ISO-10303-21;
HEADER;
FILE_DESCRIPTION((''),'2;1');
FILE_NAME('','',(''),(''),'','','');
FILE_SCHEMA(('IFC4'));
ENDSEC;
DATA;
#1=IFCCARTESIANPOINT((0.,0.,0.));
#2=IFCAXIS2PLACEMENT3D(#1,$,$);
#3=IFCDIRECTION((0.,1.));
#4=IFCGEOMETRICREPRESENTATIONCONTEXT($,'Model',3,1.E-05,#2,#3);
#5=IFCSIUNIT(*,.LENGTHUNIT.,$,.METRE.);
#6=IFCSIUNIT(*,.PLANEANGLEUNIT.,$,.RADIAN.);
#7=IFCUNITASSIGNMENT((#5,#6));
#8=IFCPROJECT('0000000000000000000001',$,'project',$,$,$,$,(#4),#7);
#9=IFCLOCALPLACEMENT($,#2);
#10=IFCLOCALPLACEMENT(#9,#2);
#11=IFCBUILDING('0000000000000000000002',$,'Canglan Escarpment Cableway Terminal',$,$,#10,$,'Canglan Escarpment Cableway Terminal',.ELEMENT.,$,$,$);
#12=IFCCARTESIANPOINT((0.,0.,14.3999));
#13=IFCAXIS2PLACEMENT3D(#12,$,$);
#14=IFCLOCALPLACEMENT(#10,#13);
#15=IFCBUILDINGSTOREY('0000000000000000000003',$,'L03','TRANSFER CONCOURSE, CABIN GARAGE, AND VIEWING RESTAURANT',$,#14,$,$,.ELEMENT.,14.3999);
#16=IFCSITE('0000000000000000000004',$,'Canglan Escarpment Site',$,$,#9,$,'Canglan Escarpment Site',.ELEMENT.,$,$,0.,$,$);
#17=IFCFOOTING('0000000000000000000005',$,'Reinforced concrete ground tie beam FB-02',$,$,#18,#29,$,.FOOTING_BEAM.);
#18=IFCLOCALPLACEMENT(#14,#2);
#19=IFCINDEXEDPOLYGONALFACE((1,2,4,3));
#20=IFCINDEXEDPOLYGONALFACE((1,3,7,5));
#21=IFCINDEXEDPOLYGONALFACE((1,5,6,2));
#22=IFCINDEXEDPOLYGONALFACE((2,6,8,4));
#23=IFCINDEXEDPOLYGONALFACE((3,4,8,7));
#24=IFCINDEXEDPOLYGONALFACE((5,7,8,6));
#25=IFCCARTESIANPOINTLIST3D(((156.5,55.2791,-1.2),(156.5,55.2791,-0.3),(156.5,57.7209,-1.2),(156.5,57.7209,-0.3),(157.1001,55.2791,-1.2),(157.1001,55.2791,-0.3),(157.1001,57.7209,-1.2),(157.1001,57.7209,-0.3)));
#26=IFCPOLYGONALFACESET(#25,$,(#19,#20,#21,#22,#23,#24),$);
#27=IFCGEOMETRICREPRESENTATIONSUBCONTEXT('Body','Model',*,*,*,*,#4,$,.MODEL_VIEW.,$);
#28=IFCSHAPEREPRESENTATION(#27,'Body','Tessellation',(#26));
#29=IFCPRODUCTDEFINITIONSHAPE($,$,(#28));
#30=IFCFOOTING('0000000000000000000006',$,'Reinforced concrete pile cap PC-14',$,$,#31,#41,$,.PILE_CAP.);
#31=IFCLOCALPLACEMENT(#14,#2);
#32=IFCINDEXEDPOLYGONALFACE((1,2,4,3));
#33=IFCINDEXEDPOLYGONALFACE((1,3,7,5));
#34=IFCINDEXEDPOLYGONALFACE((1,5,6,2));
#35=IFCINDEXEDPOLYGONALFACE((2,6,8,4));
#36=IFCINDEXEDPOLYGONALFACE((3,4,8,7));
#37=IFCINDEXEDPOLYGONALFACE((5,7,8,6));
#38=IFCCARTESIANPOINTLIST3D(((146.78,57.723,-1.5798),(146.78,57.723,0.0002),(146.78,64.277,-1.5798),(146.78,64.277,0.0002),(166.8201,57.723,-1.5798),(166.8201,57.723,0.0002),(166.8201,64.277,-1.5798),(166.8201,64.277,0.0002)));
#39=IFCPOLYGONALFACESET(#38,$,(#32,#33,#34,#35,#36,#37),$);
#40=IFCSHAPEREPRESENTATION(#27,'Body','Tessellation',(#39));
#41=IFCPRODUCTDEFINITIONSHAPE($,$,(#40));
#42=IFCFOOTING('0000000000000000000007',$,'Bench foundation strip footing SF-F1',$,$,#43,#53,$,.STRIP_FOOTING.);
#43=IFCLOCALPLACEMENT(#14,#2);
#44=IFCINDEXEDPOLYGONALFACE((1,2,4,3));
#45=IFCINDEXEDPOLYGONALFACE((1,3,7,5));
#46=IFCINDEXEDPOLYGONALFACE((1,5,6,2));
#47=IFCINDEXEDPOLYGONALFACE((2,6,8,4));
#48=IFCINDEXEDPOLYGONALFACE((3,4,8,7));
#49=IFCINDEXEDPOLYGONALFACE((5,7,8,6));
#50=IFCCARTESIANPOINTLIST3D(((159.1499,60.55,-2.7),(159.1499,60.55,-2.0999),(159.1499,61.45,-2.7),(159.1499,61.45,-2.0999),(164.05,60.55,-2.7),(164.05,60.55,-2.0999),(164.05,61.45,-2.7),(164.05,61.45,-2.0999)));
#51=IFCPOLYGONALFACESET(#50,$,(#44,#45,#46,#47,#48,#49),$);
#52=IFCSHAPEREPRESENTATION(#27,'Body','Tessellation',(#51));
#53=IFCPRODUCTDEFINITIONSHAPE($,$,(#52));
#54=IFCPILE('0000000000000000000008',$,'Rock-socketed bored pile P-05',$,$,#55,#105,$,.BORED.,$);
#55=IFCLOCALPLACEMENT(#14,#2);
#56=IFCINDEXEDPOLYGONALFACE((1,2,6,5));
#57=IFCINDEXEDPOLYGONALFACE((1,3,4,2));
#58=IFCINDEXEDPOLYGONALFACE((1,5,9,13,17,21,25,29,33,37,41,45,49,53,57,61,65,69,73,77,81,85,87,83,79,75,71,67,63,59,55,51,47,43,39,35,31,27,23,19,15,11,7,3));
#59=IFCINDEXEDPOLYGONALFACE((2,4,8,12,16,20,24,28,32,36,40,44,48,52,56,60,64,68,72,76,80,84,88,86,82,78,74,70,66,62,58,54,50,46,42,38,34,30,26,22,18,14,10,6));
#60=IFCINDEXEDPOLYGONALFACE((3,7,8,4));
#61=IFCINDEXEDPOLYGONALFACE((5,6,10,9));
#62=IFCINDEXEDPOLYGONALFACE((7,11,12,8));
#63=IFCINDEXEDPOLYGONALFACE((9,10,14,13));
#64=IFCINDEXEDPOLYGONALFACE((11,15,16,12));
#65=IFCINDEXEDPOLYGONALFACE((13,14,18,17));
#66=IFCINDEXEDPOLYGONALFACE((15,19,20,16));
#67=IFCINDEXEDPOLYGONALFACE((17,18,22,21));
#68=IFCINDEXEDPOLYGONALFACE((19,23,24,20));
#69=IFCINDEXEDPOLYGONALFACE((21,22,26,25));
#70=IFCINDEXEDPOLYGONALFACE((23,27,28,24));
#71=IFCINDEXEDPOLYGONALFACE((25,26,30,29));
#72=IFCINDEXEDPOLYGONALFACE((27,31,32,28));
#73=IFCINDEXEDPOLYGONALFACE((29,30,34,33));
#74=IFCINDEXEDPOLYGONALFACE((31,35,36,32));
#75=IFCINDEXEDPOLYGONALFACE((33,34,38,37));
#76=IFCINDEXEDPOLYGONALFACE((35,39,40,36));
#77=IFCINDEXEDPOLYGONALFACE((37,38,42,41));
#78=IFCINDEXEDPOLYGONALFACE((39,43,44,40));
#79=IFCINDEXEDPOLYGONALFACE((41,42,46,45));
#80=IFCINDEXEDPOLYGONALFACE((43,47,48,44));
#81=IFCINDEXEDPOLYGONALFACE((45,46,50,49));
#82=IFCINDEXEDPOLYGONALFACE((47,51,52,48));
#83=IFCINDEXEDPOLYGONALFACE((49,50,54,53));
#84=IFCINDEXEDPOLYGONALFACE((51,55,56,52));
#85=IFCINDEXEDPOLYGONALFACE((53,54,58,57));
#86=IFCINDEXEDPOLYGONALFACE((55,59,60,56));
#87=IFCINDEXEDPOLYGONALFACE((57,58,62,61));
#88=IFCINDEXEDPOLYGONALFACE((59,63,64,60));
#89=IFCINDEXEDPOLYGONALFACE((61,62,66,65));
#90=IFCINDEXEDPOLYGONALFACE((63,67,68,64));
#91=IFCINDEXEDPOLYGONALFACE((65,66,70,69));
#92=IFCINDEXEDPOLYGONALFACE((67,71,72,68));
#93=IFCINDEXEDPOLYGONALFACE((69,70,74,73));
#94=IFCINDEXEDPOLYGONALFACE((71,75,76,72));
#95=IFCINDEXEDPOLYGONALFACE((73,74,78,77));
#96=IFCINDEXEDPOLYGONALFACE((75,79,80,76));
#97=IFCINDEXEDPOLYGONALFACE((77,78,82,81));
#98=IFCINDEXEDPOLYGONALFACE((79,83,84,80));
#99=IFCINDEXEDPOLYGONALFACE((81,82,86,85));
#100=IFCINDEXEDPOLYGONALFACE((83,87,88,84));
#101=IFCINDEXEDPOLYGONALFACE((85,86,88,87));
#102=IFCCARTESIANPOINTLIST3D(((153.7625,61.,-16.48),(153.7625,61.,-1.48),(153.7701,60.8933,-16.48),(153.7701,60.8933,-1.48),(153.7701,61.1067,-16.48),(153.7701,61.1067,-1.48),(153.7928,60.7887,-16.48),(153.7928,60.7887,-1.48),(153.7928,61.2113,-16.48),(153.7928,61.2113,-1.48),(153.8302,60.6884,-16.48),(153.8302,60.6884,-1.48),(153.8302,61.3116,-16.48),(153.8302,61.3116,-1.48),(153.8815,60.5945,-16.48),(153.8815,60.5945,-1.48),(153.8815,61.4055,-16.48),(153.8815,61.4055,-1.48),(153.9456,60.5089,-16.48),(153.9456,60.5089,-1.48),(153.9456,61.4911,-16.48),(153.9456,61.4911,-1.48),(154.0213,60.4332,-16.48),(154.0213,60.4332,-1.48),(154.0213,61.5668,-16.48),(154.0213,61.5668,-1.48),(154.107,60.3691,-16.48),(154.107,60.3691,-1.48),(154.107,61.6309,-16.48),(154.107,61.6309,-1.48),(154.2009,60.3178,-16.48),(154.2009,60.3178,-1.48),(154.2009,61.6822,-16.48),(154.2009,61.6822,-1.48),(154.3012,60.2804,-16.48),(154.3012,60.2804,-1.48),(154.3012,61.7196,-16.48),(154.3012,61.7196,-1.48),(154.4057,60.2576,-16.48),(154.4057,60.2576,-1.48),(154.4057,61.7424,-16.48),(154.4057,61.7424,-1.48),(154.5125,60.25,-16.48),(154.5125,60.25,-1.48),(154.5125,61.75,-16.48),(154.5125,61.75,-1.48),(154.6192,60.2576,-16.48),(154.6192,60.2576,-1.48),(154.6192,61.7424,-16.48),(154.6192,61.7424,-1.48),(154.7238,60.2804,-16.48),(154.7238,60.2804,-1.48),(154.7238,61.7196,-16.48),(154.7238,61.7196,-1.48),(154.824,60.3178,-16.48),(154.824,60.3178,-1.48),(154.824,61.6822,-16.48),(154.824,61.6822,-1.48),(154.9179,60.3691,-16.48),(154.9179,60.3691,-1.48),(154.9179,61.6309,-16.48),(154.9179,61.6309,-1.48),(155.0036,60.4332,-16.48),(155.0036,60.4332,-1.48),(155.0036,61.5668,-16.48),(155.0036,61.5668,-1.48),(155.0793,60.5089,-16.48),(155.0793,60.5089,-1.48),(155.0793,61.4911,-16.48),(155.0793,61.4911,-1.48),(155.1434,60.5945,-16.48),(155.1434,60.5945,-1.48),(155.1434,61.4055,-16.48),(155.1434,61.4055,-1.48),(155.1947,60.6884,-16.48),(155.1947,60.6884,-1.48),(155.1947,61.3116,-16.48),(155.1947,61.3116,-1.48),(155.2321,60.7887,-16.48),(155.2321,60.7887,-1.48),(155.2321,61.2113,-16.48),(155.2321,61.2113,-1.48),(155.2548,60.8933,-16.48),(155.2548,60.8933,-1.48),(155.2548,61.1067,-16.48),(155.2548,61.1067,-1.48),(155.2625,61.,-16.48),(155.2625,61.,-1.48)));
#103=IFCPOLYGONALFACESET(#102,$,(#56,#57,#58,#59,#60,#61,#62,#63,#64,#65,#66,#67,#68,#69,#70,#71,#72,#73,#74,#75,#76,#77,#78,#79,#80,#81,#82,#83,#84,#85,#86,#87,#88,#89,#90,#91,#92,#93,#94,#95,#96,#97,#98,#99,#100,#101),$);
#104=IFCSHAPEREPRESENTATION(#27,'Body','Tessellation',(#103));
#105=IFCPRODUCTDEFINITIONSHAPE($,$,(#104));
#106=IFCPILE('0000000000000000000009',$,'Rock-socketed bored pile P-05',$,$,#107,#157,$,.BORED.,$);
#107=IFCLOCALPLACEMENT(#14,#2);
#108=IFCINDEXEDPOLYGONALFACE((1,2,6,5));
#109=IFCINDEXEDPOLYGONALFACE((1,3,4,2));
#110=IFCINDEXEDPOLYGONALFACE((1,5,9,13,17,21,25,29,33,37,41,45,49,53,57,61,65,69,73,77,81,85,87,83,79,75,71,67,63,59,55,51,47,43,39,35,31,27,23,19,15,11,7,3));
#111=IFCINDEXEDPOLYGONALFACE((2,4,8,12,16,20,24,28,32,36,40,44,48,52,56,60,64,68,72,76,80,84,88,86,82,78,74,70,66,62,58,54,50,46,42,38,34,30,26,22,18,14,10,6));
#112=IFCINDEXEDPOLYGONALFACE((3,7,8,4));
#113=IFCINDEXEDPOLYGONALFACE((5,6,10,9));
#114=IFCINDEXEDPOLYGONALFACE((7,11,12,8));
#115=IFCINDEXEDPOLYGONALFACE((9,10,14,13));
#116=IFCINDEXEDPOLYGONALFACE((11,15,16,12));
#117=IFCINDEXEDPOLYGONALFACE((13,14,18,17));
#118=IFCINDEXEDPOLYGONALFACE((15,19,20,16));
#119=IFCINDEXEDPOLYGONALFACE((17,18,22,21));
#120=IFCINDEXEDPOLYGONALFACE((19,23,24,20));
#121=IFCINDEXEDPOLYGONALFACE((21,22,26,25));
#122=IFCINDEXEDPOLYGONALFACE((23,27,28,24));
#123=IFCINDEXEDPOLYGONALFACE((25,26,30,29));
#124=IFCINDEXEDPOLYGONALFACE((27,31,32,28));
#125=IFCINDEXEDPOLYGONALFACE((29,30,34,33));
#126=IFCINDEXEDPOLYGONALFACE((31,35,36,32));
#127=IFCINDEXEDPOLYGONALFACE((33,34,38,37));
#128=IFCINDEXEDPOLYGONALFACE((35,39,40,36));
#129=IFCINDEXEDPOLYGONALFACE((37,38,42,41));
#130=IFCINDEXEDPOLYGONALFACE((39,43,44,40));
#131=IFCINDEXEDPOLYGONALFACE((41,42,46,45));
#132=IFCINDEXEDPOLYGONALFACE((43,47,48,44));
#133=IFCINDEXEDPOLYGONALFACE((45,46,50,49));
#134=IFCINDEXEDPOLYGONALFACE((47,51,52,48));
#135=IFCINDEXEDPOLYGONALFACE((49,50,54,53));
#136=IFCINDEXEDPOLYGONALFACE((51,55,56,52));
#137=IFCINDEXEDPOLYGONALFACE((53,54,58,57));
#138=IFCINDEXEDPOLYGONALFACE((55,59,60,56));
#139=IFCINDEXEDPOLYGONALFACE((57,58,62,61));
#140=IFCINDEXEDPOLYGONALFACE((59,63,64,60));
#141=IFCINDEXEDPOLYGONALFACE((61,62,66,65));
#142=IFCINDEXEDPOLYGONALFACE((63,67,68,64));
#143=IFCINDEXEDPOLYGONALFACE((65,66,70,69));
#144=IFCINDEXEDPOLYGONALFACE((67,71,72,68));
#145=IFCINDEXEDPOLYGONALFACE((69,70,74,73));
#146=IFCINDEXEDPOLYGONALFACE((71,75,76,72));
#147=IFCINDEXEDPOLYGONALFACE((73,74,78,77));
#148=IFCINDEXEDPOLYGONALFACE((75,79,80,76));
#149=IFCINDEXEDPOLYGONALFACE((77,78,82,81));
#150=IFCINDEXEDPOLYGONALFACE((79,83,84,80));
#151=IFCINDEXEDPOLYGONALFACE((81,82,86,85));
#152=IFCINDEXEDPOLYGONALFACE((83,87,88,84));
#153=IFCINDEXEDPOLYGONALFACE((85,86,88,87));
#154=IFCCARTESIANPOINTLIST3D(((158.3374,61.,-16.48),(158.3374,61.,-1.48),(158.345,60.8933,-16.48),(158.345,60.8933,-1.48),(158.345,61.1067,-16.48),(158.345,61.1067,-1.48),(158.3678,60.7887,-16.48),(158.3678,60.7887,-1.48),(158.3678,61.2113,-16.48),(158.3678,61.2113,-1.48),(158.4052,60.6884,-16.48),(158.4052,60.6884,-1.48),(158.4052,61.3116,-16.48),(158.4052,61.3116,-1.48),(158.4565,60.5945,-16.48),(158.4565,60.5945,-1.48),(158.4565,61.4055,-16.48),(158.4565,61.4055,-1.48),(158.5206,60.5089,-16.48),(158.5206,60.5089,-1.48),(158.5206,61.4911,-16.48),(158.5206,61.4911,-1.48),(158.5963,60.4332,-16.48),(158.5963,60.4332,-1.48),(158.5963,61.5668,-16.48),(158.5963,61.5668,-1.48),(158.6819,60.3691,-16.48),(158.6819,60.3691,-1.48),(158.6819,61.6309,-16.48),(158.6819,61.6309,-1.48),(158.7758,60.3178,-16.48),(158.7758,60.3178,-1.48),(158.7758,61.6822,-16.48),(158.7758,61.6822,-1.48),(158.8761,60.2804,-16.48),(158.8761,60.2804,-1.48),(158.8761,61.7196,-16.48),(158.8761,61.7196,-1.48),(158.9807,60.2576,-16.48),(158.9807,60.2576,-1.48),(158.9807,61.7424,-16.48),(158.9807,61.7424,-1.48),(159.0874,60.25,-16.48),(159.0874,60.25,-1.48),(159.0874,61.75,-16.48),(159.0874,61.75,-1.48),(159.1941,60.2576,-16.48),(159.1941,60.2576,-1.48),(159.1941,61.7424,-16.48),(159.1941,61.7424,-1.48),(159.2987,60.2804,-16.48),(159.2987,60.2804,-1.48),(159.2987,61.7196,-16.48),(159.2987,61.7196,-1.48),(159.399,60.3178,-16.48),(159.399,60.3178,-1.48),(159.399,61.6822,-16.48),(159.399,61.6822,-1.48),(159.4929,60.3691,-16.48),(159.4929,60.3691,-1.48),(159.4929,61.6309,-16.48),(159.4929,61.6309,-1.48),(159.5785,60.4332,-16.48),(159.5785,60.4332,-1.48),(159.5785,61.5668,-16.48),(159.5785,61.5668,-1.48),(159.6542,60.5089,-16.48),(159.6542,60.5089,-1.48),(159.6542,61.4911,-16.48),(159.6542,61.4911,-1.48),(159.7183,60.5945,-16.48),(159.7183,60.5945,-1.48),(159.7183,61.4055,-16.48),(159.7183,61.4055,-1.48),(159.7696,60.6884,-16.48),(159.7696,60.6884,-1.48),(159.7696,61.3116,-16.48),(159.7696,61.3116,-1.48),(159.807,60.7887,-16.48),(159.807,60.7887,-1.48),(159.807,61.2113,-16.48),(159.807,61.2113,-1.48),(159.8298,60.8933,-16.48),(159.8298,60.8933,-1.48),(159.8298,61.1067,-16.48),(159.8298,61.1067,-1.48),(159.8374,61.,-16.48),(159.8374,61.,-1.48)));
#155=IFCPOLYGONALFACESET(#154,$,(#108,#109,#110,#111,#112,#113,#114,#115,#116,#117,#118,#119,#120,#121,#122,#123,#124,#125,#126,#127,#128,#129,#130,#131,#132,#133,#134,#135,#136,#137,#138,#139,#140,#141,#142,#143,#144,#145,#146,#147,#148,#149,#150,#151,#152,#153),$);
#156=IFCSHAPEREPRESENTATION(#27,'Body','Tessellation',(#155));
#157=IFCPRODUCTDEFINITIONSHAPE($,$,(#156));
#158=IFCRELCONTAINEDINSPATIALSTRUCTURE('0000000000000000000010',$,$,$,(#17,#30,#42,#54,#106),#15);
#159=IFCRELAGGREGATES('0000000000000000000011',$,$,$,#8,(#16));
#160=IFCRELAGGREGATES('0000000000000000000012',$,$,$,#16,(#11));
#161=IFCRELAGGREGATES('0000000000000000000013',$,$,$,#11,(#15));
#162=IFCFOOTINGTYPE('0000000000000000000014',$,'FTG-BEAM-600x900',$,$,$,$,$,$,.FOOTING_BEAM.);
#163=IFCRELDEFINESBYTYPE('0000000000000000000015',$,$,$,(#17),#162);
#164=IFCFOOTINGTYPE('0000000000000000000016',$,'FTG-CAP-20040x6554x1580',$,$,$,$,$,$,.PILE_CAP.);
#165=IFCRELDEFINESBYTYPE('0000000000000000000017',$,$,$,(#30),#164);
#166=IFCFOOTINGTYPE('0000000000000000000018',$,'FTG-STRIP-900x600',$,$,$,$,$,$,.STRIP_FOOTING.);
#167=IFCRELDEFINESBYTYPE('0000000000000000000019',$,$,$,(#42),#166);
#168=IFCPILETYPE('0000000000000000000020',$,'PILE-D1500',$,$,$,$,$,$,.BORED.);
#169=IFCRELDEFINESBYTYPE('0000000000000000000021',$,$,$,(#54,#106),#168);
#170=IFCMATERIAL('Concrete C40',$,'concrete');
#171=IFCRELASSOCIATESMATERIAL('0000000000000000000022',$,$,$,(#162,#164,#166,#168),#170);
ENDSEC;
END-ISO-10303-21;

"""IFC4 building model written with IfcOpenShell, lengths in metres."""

from ifc_helpers import new_model, si_unit, direction, frame, origin, origin_2d, place, context, subcontext, project, spatial, rectangle, circle, extrude, material, material_profile, profile_set, type_object, element, save


model = new_model("IFC4")

# Units and contexts
model_context = context("Model", 3, precision=1e-05, world=origin(), true_north=direction((0.0, 1.0)))
body_context = subcontext(model_context, "Body", "Model", "MODEL_VIEW")
ifc_project = project(units=[si_unit("LENGTHUNIT", "METRE"), si_unit("PLANEANGLEUNIT", "RADIAN")], contexts=[model_context])

# Site, building, storey
site_placement = place(None, origin())
site = spatial("IfcSite", under=ifc_project, at=site_placement, Name="Canglan Escarpment Site", LongName="Canglan Escarpment Site", CompositionType="ELEMENT", RefElevation=0.0)
building_placement = place(site_placement, origin())
building = spatial("IfcBuilding", under=site, at=building_placement, Name="Canglan Escarpment Cableway Terminal", LongName="Canglan Escarpment Cableway Terminal", CompositionType="ELEMENT")
storey_placement = place(building_placement, frame((0.0, 0.0, 14.3999)))
storey = spatial("IfcBuildingStorey", under=building, at=storey_placement, Name="L03", Description="TRANSFER CONCOURSE, CABIN GARAGE, AND VIEWING RESTAURANT", CompositionType="ELEMENT", Elevation=14.3999)

# Footings
ifc_material_1 = material(Name="Concrete C40", Category="concrete")
ifc_material_profile_1 = material_profile(ifc_material_1, rectangle(XDim=0.6001, YDim=0.8999, at=origin_2d()), Name="FB 600x900")
ifc_profile_set_1 = profile_set([ifc_material_profile_1], Name="Concrete C40")
footing_type_1 = type_object("IfcFootingType", Name="FTG-BEAM-600x900", PredefinedType="FOOTING_BEAM", material=ifc_profile_set_1)
footing_1_placement = place(storey_placement, frame((156.8, 55.2791, -0.75), z_axis=(0.0, 1.0, 0.0), x_axis=(-1.0, 0.0, 0.0)))
element("IfcFooting", 1, at=footing_1_placement, inside=storey, type_object=footing_type_1, Name="Reinforced concrete ground tie beam FB-02", PredefinedType="FOOTING_BEAM", context=body_context, shape_type="SweptSolid", body=[
    extrude(rectangle(XDim=0.6001, YDim=0.8999, at=origin_2d()), origin(), (0.0, 0.0, 1.0), 2.4419),
])
footing_type_2 = type_object("IfcFootingType", Name="FTG-CAP-20040x6554x1580", PredefinedType="PILE_CAP", material=ifc_material_1)
footing_2_placement = place(storey_placement, frame((156.8, 61.0, -1.5798), z_axis=(0.0, 0.0, 1.0), x_axis=(1.0, 0.0, 0.0)))
element("IfcFooting", 2, at=footing_2_placement, inside=storey, type_object=footing_type_2, Name="Reinforced concrete pile cap PC-14", PredefinedType="PILE_CAP", context=body_context, shape_type="SweptSolid", body=[
    extrude(rectangle(XDim=20.04, YDim=6.554, at=origin_2d()), origin(), (0.0, 0.0, 1.0), 1.5801),
])
ifc_material_profile_2 = material_profile(ifc_material_1, rectangle(XDim=0.8999, YDim=0.6001, at=origin_2d()), Name="SF 900x600")
ifc_profile_set_2 = profile_set([ifc_material_profile_2], Name="Concrete C40")
footing_type_3 = type_object("IfcFootingType", Name="FTG-STRIP-900x600", PredefinedType="STRIP_FOOTING", material=ifc_profile_set_2)
footing_3_placement = place(storey_placement, frame((159.1499, 61.0, -2.3999), z_axis=(1.0, 0.0, 0.0), x_axis=(0.0, 1.0, 0.0)))
element("IfcFooting", 3, at=footing_3_placement, inside=storey, type_object=footing_type_3, Name="Bench foundation strip footing SF-F1", PredefinedType="STRIP_FOOTING", context=body_context, shape_type="SweptSolid", body=[
    extrude(rectangle(XDim=0.8999, YDim=0.6001, at=origin_2d()), origin(), (0.0, 0.0, 1.0), 4.9001),
])

# Piles
ifc_material_profile_3 = material_profile(ifc_material_1, circle(Radius=0.75, at=origin_2d()), Name="BORED PILE D1500")
ifc_profile_set_3 = profile_set([ifc_material_profile_3], Name="Concrete C40")
pile_type = type_object("IfcPileType", Name="PILE-D1500", PredefinedType="BORED", material=ifc_profile_set_3)
for number, where, z_axis, x_axis, name in (
    (4, (154.5125, 61.0, -1.48), (0.0, 0.0, -1.0), (1.0, 0.0, 0.0), "Rock-socketed bored pile P-05"),
    (5, (159.0874, 61.0, -1.48), (0.0, 0.0, -1.0), (1.0, 0.0, 0.0), "Rock-socketed bored pile P-05"),
):
    element("IfcPile", number, at=place(storey_placement, frame(where, z_axis=z_axis, x_axis=x_axis)), inside=storey, type_object=pile_type, Name=name, PredefinedType="BORED", context=body_context, shape_type="SweptSolid", body=[
        extrude(circle(Radius=0.75, at=origin_2d()), origin(), (0.0, 0.0, 1.0), 15.0),
    ])

save(model, "model.ifc")
